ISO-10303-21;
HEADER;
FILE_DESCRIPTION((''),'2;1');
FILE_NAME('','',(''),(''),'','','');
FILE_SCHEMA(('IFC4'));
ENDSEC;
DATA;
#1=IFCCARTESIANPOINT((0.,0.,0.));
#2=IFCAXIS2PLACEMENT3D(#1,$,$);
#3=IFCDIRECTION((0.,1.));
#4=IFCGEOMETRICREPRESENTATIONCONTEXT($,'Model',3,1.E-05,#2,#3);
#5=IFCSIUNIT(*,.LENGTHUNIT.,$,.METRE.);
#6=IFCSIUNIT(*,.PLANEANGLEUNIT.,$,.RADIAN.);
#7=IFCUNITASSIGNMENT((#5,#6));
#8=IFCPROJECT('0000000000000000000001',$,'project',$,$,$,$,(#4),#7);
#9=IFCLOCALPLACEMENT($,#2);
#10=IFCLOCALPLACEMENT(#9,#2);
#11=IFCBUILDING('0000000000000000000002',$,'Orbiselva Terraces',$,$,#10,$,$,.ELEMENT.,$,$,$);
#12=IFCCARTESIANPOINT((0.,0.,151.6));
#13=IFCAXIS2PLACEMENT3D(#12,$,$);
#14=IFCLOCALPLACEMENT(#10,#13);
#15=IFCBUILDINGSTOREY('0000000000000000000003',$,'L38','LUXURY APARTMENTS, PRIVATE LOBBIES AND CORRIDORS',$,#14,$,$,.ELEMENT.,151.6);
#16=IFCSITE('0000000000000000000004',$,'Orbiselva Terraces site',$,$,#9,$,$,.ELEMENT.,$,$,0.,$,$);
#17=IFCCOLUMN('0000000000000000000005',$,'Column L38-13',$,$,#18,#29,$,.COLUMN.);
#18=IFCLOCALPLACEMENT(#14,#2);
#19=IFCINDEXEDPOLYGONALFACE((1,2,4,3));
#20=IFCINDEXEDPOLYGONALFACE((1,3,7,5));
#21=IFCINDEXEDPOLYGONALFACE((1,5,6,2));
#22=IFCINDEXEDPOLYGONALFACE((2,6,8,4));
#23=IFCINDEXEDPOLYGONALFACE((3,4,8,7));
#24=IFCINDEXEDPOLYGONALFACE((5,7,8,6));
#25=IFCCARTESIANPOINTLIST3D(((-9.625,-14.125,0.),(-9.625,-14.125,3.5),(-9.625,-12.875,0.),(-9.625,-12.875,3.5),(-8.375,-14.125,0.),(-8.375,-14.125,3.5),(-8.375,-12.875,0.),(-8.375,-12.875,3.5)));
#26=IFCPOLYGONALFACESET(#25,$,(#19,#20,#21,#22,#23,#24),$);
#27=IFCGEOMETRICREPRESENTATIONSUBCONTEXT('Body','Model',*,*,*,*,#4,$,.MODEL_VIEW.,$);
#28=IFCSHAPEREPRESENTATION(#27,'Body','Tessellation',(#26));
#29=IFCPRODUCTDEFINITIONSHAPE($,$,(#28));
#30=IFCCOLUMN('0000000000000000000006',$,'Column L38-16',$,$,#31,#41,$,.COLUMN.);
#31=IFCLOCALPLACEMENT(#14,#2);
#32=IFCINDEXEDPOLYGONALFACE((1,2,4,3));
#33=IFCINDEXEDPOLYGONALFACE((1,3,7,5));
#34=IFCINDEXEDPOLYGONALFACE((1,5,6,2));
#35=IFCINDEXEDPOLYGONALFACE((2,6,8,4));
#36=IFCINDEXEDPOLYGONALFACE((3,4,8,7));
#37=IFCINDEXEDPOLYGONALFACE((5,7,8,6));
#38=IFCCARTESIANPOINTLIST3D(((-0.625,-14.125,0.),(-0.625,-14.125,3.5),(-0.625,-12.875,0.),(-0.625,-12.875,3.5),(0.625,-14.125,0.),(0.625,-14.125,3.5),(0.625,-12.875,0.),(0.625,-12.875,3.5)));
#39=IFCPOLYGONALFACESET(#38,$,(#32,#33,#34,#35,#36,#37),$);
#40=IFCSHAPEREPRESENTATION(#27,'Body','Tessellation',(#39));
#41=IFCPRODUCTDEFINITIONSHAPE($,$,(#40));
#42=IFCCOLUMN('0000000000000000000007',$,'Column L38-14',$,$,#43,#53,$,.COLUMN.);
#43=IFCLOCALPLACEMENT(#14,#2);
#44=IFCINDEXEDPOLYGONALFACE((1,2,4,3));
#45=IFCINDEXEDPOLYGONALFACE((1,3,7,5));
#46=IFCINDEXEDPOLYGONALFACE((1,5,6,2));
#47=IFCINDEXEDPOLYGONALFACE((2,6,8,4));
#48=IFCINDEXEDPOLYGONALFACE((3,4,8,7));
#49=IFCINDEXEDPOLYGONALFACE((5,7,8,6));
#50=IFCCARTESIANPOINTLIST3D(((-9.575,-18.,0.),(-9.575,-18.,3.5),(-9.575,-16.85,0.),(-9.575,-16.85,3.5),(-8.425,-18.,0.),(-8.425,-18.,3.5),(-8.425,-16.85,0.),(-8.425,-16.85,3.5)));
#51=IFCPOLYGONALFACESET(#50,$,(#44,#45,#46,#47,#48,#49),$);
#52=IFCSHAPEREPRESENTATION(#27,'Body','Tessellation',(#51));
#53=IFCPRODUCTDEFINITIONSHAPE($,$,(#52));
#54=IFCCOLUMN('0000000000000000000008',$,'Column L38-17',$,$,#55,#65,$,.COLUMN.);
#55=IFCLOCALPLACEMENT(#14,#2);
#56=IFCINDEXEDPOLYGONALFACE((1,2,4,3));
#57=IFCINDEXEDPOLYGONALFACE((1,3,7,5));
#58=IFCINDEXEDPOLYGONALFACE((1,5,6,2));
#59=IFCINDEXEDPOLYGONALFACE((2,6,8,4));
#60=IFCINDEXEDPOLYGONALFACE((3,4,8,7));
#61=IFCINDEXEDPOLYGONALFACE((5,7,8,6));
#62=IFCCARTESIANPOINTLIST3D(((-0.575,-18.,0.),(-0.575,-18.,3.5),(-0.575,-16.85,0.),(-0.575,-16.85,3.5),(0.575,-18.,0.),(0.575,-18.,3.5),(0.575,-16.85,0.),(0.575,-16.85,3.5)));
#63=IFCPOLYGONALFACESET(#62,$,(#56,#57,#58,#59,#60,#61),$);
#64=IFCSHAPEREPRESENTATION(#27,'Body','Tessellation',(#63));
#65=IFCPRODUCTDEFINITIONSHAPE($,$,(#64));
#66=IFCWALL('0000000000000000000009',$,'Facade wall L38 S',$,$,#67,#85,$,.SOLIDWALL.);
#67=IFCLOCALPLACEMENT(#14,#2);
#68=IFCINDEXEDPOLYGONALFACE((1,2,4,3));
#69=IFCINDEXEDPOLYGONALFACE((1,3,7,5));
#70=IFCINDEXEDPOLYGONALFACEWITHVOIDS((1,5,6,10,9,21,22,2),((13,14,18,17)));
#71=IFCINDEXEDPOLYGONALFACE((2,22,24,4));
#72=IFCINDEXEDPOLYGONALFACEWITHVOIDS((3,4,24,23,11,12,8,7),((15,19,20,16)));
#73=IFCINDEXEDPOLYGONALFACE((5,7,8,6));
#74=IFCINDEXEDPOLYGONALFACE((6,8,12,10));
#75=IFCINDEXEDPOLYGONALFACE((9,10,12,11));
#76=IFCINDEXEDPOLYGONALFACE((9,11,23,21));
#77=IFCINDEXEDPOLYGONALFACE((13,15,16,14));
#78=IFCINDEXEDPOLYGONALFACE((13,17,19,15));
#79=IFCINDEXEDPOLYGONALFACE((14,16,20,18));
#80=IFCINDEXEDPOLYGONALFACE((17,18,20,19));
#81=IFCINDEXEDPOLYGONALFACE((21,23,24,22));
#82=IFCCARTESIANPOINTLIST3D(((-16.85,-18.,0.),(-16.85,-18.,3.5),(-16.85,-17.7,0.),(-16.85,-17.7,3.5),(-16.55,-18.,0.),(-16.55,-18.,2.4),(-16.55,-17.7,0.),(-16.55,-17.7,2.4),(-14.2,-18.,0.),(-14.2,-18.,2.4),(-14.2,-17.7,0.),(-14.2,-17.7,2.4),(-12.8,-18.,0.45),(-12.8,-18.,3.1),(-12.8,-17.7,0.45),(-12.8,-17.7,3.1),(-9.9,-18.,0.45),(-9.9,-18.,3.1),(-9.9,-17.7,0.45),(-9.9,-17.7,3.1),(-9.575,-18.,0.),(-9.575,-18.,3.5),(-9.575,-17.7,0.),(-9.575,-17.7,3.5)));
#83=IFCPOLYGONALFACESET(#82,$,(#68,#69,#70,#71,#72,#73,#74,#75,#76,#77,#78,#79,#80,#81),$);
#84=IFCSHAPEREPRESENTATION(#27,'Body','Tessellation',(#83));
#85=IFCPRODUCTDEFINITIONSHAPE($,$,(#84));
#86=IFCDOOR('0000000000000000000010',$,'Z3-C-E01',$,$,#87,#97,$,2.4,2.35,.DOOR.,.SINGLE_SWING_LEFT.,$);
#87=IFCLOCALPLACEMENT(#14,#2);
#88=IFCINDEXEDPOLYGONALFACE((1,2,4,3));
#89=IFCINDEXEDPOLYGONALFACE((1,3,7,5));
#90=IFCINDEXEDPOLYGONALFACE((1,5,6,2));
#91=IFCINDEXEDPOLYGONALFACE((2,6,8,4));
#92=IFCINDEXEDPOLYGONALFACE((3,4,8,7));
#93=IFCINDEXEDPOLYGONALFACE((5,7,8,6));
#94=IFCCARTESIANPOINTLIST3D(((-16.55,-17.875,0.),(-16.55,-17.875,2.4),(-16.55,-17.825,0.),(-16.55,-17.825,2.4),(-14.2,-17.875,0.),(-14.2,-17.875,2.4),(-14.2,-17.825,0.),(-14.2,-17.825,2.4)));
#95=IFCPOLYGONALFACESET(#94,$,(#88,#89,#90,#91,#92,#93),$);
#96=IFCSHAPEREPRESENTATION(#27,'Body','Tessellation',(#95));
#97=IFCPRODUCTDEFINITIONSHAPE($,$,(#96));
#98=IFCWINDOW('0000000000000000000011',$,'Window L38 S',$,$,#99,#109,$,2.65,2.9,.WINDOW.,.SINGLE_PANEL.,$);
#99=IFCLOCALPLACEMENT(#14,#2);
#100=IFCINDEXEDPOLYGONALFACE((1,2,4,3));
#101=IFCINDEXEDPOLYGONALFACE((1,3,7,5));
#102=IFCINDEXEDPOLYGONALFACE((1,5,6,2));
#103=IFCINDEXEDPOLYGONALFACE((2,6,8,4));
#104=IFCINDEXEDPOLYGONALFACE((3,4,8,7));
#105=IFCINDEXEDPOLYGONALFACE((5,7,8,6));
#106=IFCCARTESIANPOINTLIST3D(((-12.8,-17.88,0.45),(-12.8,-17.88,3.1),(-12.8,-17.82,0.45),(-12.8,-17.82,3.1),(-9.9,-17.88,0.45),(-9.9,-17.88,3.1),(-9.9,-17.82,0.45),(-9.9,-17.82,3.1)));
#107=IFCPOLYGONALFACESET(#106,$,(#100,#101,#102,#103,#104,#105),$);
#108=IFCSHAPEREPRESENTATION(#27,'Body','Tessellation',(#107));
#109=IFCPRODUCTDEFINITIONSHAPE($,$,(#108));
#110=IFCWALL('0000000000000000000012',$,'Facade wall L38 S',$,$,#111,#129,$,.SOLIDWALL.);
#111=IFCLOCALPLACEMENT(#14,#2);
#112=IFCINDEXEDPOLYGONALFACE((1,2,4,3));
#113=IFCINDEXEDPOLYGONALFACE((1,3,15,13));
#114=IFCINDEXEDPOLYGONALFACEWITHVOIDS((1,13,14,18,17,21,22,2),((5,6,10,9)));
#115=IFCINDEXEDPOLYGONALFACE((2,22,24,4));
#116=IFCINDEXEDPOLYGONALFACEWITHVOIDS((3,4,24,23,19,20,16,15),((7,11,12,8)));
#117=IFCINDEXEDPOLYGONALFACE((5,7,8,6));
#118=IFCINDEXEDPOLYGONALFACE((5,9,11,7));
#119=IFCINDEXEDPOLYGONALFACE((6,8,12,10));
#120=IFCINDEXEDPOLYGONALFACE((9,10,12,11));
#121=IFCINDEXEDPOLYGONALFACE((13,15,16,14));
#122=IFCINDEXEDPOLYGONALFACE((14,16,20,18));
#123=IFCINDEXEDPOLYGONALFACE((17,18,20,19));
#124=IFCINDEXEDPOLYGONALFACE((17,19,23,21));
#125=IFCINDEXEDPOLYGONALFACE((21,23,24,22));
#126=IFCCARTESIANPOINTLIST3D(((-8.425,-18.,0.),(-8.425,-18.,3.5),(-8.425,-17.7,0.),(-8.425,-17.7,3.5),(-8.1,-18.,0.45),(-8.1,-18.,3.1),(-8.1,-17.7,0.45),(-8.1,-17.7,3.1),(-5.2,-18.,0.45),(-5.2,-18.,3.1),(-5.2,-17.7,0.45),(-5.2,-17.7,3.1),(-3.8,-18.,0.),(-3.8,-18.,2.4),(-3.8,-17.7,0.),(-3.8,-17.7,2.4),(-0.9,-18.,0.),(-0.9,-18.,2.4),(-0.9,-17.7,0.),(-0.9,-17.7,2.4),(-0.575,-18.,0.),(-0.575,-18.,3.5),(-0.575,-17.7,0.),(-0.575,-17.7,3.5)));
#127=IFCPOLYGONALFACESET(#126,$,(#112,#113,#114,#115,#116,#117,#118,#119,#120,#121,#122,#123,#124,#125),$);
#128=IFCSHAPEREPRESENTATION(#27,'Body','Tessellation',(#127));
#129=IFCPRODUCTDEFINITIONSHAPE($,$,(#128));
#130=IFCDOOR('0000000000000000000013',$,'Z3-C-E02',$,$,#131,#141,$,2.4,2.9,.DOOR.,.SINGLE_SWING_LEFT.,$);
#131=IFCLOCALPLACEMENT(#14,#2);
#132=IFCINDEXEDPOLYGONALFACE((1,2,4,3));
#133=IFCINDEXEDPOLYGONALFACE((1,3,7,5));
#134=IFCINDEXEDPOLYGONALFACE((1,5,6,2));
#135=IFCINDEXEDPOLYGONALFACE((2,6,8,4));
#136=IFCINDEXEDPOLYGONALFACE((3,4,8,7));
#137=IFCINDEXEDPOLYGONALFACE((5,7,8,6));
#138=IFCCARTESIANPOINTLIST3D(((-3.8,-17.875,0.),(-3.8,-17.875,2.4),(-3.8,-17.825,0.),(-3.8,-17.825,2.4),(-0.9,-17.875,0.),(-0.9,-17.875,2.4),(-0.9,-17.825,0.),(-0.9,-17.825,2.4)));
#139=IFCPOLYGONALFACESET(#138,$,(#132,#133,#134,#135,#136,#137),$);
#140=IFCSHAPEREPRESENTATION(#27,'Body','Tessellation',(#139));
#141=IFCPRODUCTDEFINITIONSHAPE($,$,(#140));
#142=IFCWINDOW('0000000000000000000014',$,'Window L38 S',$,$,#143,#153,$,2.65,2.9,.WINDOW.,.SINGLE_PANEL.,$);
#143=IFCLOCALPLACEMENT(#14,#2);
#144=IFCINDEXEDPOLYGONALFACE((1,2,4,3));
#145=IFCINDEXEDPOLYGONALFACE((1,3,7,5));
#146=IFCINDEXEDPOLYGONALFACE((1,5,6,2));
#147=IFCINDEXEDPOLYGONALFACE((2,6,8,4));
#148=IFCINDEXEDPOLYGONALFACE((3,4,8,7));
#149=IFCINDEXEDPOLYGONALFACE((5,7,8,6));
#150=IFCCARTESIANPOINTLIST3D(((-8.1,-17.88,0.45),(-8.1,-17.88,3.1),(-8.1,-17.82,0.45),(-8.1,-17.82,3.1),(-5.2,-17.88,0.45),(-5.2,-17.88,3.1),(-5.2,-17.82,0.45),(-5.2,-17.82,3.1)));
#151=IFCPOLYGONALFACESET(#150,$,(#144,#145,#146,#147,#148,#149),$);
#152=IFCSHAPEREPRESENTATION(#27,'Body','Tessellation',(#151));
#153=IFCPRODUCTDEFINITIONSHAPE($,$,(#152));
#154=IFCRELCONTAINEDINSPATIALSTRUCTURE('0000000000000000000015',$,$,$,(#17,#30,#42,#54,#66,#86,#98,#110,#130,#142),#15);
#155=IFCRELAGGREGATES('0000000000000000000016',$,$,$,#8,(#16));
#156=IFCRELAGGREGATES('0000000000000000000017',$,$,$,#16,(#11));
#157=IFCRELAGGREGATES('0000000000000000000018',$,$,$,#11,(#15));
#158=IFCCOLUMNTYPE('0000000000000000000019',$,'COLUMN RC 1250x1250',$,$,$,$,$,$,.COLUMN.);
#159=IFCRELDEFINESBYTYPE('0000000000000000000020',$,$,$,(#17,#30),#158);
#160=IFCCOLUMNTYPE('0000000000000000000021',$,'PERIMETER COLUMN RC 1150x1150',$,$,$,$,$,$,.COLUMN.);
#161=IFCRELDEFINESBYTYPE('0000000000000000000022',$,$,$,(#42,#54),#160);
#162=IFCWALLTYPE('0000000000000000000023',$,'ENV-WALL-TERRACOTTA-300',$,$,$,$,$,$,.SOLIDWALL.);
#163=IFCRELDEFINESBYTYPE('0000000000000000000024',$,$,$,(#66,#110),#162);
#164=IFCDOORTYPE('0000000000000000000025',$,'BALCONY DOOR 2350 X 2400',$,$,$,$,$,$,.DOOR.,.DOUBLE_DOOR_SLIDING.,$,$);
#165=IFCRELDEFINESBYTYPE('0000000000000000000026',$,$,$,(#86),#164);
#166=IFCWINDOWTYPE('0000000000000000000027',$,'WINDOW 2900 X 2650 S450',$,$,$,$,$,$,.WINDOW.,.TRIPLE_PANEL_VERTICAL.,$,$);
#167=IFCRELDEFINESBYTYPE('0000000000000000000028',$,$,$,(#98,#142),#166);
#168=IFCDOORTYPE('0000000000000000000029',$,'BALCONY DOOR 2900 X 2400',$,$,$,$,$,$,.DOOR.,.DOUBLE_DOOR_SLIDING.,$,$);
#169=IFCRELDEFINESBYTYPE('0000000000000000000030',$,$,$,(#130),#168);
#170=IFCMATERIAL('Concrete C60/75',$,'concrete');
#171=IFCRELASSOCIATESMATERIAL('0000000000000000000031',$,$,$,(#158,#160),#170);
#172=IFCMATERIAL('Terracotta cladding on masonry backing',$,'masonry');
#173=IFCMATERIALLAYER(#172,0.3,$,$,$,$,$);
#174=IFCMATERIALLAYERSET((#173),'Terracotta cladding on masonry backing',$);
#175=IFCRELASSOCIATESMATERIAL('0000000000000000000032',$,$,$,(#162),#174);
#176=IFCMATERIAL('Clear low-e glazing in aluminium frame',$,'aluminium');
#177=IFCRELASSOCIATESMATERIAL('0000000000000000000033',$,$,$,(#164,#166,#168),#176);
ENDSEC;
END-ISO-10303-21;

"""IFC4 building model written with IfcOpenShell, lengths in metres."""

from ifc_helpers import new_model, si_unit, direction, frame, frame_2d, origin, origin_2d, place, context, subcontext, project, spatial, rectangle, extrude, material, layer, layer_set, material_profile, profile_set, type_object, element, fill, save


model = new_model("IFC4")

# Units and contexts
model_context = context("Model", 3, precision=1e-05, world=origin(), true_north=direction((0.0, 1.0)))
body_context = subcontext(model_context, "Body", "Model", "MODEL_VIEW")
ifc_project = project(units=[si_unit("LENGTHUNIT", "METRE"), si_unit("PLANEANGLEUNIT", "RADIAN")], contexts=[model_context])

# Site, building, storey
site_placement = place(None, origin())
site = spatial("IfcSite", under=ifc_project, at=site_placement, Name="Orbiselva Terraces site", CompositionType="ELEMENT", RefElevation=0.0)
building_placement = place(site_placement, origin())
building = spatial("IfcBuilding", under=site, at=building_placement, Name="Orbiselva Terraces", CompositionType="ELEMENT")
storey_placement = place(building_placement, frame((0.0, 0.0, 151.6)))
storey = spatial("IfcBuildingStorey", under=building, at=storey_placement, Name="L38", Description="LUXURY APARTMENTS, PRIVATE LOBBIES AND CORRIDORS", CompositionType="ELEMENT", Elevation=151.6)

# Columns
ifc_material_1 = material(Name="Concrete C60/75", Category="concrete")
ifc_material_profile_1 = material_profile(ifc_material_1, rectangle(XDim=1.25, YDim=1.25, at=origin_2d()), Name="RC 1250x1250")
ifc_profile_set_1 = profile_set([ifc_material_profile_1], Name="Concrete C60/75")
column_type_1 = type_object("IfcColumnType", Name="COLUMN RC 1250x1250", PredefinedType="COLUMN", material=ifc_profile_set_1)
for number, where, z_axis, x_axis, name in (
    (1, (-9.0, -13.5, 0.0), (0.0, 0.0, 1.0), (1.0, 0.0, 0.0), "Column L38-13"),
    (2, (0.0, -13.5, 0.0), (0.0, 0.0, 1.0), (1.0, 0.0, 0.0), "Column L38-16"),
):
    element("IfcColumn", number, at=place(storey_placement, frame(where, z_axis=z_axis, x_axis=x_axis)), inside=storey, type_object=column_type_1, Name=name, PredefinedType="COLUMN", context=body_context, shape_type="SweptSolid", body=[
        extrude(rectangle(XDim=1.25, YDim=1.25, at=origin_2d()), origin(), (0.0, 0.0, 1.0), 3.5),
    ])
ifc_material_profile_2 = material_profile(ifc_material_1, rectangle(XDim=1.15, YDim=1.15, at=origin_2d()), Name="RC 1150x1150")
ifc_profile_set_2 = profile_set([ifc_material_profile_2], Name="Concrete C60/75")
column_type_2 = type_object("IfcColumnType", Name="PERIMETER COLUMN RC 1150x1150", PredefinedType="COLUMN", material=ifc_profile_set_2)
for number, where, z_axis, x_axis, name in (
    (3, (-9.0, -17.425, 0.0), (0.0, 0.0, 1.0), (1.0, 0.0, 0.0), "Column L38-14"),
    (4, (0.0, -17.425, 0.0), (0.0, 0.0, 1.0), (1.0, 0.0, 0.0), "Column L38-17"),
):
    element("IfcColumn", number, at=place(storey_placement, frame(where, z_axis=z_axis, x_axis=x_axis)), inside=storey, type_object=column_type_2, Name=name, PredefinedType="COLUMN", context=body_context, shape_type="SweptSolid", body=[
        extrude(rectangle(XDim=1.15, YDim=1.15, at=origin_2d()), origin(), (0.0, 0.0, 1.0), 3.5),
    ])

# Walls, openings, doors, windows
ifc_material_2 = material(Name="Terracotta cladding on masonry backing", Category="masonry")
ifc_layer_1 = layer(ifc_material_2, 0.3)
ifc_layer_set_1 = layer_set([ifc_layer_1], Name="Terracotta cladding on masonry backing")
wall_type_1 = type_object("IfcWallType", Name="ENV-WALL-TERRACOTTA-300", PredefinedType="SOLIDWALL", material=ifc_layer_set_1)
wall_1_placement = place(storey_placement, frame((-9.575, -17.85, 0.0), z_axis=(0.0, 0.0, 1.0), x_axis=(-1.0, 0.0, 0.0)))
wall_1 = element("IfcWall", 5, at=wall_1_placement, inside=storey, type_object=wall_type_1, Name="Facade wall L38 S", PredefinedType="SOLIDWALL", context=body_context, shape_type="SweptSolid", body=[
    extrude(rectangle(XDim=7.275, YDim=0.3, at=frame_2d((3.6375, 0.0))), origin(), (0.0, 0.0, 1.0), 3.5),
])
opening_1_placement = place(wall_1_placement, frame((4.625, 0.0, 0.0)))
opening_1 = element("IfcOpeningElement", 6, at=opening_1_placement, cuts=wall_1, PredefinedType="OPENING", context=body_context, shape_type="SweptSolid", body=[
    extrude(rectangle(XDim=2.35, YDim=2.4, at=frame_2d((1.175, 1.2))), frame((0.0, 0.16, 0.0), z_axis=(0.0, -1.0, 0.0), x_axis=(1.0, 0.0, 0.0)), (0.0, 0.0, 1.0), 0.32),
])
opening_2_placement = place(wall_1_placement, frame((0.325, 0.0, 0.45)))
opening_2 = element("IfcOpeningElement", 7, at=opening_2_placement, cuts=wall_1, PredefinedType="OPENING", context=body_context, shape_type="SweptSolid", body=[
    extrude(rectangle(XDim=2.9, YDim=2.65, at=frame_2d((1.45, 1.325))), frame((0.0, 0.16, 0.0), z_axis=(0.0, -1.0, 0.0), x_axis=(1.0, 0.0, 0.0)), (0.0, 0.0, 1.0), 0.32),
])
ifc_material_3 = material(Name="Clear low-e glazing in aluminium frame", Category="aluminium")
door_type_1 = type_object("IfcDoorType", Name="BALCONY DOOR 2350 X 2400", OperationType="DOUBLE_DOOR_SLIDING", PredefinedType="DOOR", material=ifc_material_3)
door_1_placement = place(opening_1_placement, origin())
door_1 = element("IfcDoor", 8, at=door_1_placement, inside=storey, type_object=door_type_1, Name="Z3-C-E01", OperationType="SINGLE_SWING_LEFT", OverallHeight=2.4, OverallWidth=2.35, PredefinedType="DOOR", context=body_context, shape_type="SweptSolid", body=[
    extrude(rectangle(XDim=2.35, YDim=2.4, at=frame_2d((1.175, 1.2))), frame((0.0, 0.025, 0.0), z_axis=(0.0, -1.0, 0.0), x_axis=(1.0, 0.0, 0.0)), (0.0, 0.0, 1.0), 0.05),
])
fill(opening_1, door_1)
window_type = type_object("IfcWindowType", Name="WINDOW 2900 X 2650 S450", PartitioningType="TRIPLE_PANEL_VERTICAL", PredefinedType="WINDOW", material=ifc_material_3)
window_1_placement = place(opening_2_placement, origin())
window_1 = element("IfcWindow", 9, at=window_1_placement, inside=storey, type_object=window_type, Name="Window L38 S", OverallHeight=2.65, OverallWidth=2.9, PartitioningType="SINGLE_PANEL", PredefinedType="WINDOW", context=body_context, shape_type="SweptSolid", body=[
    extrude(rectangle(XDim=2.9, YDim=2.65, at=frame_2d((1.45, 1.325))), frame((0.0, 0.03, 0.0), z_axis=(0.0, -1.0, 0.0), x_axis=(1.0, 0.0, 0.0)), (0.0, 0.0, 1.0), 0.06),
])
fill(opening_2, window_1)
wall_2_placement = place(storey_placement, frame((-0.575, -17.85, 0.0), z_axis=(0.0, 0.0, 1.0), x_axis=(-1.0, 0.0, 0.0)))
wall_2 = element("IfcWall", 10, at=wall_2_placement, inside=storey, type_object=wall_type_1, Name="Facade wall L38 S", PredefinedType="SOLIDWALL", context=body_context, shape_type="SweptSolid", body=[
    extrude(rectangle(XDim=7.85, YDim=0.3, at=frame_2d((3.925, 0.0))), origin(), (0.0, 0.0, 1.0), 3.5),
])
opening_3_placement = place(wall_2_placement, frame((4.625, 0.0, 0.45)))
opening_3 = element("IfcOpeningElement", 11, at=opening_3_placement, cuts=wall_2, PredefinedType="OPENING", context=body_context, shape_type="SweptSolid", body=[
    extrude(rectangle(XDim=2.9, YDim=2.65, at=frame_2d((1.45, 1.325))), frame((0.0, 0.16, 0.0), z_axis=(0.0, -1.0, 0.0), x_axis=(1.0, 0.0, 0.0)), (0.0, 0.0, 1.0), 0.32),
])
opening_4_placement = place(wall_2_placement, frame((0.325, 0.0, 0.0)))
opening_4 = element("IfcOpeningElement", 12, at=opening_4_placement, cuts=wall_2, PredefinedType="OPENING", context=body_context, shape_type="SweptSolid", body=[
    extrude(rectangle(XDim=2.9, YDim=2.4, at=frame_2d((1.45, 1.2))), frame((0.0, 0.16, 0.0), z_axis=(0.0, -1.0, 0.0), x_axis=(1.0, 0.0, 0.0)), (0.0, 0.0, 1.0), 0.32),
])
door_type_2 = type_object("IfcDoorType", Name="BALCONY DOOR 2900 X 2400", OperationType="DOUBLE_DOOR_SLIDING", PredefinedType="DOOR", material=ifc_material_3)
door_2_placement = place(opening_4_placement, origin())
door_2 = element("IfcDoor", 13, at=door_2_placement, inside=storey, type_object=door_type_2, Name="Z3-C-E02", OperationType="SINGLE_SWING_LEFT", OverallHeight=2.4, OverallWidth=2.9, PredefinedType="DOOR", context=body_context, shape_type="SweptSolid", body=[
    extrude(rectangle(XDim=2.9, YDim=2.4, at=frame_2d((1.45, 1.2))), frame((0.0, 0.025, 0.0), z_axis=(0.0, -1.0, 0.0), x_axis=(1.0, 0.0, 0.0)), (0.0, 0.0, 1.0), 0.05),
])
fill(opening_4, door_2)
window_2_placement = place(opening_3_placement, origin())
window_2 = element("IfcWindow", 14, at=window_2_placement, inside=storey, type_object=window_type, Name="Window L38 S", OverallHeight=2.65, OverallWidth=2.9, PartitioningType="SINGLE_PANEL", PredefinedType="WINDOW", context=body_context, shape_type="SweptSolid", body=[
    extrude(rectangle(XDim=2.9, YDim=2.65, at=frame_2d((1.45, 1.325))), frame((0.0, 0.03, 0.0), z_axis=(0.0, -1.0, 0.0), x_axis=(1.0, 0.0, 0.0)), (0.0, 0.0, 1.0), 0.06),
])
fill(opening_3, window_2)

save(model, "model.ifc")
